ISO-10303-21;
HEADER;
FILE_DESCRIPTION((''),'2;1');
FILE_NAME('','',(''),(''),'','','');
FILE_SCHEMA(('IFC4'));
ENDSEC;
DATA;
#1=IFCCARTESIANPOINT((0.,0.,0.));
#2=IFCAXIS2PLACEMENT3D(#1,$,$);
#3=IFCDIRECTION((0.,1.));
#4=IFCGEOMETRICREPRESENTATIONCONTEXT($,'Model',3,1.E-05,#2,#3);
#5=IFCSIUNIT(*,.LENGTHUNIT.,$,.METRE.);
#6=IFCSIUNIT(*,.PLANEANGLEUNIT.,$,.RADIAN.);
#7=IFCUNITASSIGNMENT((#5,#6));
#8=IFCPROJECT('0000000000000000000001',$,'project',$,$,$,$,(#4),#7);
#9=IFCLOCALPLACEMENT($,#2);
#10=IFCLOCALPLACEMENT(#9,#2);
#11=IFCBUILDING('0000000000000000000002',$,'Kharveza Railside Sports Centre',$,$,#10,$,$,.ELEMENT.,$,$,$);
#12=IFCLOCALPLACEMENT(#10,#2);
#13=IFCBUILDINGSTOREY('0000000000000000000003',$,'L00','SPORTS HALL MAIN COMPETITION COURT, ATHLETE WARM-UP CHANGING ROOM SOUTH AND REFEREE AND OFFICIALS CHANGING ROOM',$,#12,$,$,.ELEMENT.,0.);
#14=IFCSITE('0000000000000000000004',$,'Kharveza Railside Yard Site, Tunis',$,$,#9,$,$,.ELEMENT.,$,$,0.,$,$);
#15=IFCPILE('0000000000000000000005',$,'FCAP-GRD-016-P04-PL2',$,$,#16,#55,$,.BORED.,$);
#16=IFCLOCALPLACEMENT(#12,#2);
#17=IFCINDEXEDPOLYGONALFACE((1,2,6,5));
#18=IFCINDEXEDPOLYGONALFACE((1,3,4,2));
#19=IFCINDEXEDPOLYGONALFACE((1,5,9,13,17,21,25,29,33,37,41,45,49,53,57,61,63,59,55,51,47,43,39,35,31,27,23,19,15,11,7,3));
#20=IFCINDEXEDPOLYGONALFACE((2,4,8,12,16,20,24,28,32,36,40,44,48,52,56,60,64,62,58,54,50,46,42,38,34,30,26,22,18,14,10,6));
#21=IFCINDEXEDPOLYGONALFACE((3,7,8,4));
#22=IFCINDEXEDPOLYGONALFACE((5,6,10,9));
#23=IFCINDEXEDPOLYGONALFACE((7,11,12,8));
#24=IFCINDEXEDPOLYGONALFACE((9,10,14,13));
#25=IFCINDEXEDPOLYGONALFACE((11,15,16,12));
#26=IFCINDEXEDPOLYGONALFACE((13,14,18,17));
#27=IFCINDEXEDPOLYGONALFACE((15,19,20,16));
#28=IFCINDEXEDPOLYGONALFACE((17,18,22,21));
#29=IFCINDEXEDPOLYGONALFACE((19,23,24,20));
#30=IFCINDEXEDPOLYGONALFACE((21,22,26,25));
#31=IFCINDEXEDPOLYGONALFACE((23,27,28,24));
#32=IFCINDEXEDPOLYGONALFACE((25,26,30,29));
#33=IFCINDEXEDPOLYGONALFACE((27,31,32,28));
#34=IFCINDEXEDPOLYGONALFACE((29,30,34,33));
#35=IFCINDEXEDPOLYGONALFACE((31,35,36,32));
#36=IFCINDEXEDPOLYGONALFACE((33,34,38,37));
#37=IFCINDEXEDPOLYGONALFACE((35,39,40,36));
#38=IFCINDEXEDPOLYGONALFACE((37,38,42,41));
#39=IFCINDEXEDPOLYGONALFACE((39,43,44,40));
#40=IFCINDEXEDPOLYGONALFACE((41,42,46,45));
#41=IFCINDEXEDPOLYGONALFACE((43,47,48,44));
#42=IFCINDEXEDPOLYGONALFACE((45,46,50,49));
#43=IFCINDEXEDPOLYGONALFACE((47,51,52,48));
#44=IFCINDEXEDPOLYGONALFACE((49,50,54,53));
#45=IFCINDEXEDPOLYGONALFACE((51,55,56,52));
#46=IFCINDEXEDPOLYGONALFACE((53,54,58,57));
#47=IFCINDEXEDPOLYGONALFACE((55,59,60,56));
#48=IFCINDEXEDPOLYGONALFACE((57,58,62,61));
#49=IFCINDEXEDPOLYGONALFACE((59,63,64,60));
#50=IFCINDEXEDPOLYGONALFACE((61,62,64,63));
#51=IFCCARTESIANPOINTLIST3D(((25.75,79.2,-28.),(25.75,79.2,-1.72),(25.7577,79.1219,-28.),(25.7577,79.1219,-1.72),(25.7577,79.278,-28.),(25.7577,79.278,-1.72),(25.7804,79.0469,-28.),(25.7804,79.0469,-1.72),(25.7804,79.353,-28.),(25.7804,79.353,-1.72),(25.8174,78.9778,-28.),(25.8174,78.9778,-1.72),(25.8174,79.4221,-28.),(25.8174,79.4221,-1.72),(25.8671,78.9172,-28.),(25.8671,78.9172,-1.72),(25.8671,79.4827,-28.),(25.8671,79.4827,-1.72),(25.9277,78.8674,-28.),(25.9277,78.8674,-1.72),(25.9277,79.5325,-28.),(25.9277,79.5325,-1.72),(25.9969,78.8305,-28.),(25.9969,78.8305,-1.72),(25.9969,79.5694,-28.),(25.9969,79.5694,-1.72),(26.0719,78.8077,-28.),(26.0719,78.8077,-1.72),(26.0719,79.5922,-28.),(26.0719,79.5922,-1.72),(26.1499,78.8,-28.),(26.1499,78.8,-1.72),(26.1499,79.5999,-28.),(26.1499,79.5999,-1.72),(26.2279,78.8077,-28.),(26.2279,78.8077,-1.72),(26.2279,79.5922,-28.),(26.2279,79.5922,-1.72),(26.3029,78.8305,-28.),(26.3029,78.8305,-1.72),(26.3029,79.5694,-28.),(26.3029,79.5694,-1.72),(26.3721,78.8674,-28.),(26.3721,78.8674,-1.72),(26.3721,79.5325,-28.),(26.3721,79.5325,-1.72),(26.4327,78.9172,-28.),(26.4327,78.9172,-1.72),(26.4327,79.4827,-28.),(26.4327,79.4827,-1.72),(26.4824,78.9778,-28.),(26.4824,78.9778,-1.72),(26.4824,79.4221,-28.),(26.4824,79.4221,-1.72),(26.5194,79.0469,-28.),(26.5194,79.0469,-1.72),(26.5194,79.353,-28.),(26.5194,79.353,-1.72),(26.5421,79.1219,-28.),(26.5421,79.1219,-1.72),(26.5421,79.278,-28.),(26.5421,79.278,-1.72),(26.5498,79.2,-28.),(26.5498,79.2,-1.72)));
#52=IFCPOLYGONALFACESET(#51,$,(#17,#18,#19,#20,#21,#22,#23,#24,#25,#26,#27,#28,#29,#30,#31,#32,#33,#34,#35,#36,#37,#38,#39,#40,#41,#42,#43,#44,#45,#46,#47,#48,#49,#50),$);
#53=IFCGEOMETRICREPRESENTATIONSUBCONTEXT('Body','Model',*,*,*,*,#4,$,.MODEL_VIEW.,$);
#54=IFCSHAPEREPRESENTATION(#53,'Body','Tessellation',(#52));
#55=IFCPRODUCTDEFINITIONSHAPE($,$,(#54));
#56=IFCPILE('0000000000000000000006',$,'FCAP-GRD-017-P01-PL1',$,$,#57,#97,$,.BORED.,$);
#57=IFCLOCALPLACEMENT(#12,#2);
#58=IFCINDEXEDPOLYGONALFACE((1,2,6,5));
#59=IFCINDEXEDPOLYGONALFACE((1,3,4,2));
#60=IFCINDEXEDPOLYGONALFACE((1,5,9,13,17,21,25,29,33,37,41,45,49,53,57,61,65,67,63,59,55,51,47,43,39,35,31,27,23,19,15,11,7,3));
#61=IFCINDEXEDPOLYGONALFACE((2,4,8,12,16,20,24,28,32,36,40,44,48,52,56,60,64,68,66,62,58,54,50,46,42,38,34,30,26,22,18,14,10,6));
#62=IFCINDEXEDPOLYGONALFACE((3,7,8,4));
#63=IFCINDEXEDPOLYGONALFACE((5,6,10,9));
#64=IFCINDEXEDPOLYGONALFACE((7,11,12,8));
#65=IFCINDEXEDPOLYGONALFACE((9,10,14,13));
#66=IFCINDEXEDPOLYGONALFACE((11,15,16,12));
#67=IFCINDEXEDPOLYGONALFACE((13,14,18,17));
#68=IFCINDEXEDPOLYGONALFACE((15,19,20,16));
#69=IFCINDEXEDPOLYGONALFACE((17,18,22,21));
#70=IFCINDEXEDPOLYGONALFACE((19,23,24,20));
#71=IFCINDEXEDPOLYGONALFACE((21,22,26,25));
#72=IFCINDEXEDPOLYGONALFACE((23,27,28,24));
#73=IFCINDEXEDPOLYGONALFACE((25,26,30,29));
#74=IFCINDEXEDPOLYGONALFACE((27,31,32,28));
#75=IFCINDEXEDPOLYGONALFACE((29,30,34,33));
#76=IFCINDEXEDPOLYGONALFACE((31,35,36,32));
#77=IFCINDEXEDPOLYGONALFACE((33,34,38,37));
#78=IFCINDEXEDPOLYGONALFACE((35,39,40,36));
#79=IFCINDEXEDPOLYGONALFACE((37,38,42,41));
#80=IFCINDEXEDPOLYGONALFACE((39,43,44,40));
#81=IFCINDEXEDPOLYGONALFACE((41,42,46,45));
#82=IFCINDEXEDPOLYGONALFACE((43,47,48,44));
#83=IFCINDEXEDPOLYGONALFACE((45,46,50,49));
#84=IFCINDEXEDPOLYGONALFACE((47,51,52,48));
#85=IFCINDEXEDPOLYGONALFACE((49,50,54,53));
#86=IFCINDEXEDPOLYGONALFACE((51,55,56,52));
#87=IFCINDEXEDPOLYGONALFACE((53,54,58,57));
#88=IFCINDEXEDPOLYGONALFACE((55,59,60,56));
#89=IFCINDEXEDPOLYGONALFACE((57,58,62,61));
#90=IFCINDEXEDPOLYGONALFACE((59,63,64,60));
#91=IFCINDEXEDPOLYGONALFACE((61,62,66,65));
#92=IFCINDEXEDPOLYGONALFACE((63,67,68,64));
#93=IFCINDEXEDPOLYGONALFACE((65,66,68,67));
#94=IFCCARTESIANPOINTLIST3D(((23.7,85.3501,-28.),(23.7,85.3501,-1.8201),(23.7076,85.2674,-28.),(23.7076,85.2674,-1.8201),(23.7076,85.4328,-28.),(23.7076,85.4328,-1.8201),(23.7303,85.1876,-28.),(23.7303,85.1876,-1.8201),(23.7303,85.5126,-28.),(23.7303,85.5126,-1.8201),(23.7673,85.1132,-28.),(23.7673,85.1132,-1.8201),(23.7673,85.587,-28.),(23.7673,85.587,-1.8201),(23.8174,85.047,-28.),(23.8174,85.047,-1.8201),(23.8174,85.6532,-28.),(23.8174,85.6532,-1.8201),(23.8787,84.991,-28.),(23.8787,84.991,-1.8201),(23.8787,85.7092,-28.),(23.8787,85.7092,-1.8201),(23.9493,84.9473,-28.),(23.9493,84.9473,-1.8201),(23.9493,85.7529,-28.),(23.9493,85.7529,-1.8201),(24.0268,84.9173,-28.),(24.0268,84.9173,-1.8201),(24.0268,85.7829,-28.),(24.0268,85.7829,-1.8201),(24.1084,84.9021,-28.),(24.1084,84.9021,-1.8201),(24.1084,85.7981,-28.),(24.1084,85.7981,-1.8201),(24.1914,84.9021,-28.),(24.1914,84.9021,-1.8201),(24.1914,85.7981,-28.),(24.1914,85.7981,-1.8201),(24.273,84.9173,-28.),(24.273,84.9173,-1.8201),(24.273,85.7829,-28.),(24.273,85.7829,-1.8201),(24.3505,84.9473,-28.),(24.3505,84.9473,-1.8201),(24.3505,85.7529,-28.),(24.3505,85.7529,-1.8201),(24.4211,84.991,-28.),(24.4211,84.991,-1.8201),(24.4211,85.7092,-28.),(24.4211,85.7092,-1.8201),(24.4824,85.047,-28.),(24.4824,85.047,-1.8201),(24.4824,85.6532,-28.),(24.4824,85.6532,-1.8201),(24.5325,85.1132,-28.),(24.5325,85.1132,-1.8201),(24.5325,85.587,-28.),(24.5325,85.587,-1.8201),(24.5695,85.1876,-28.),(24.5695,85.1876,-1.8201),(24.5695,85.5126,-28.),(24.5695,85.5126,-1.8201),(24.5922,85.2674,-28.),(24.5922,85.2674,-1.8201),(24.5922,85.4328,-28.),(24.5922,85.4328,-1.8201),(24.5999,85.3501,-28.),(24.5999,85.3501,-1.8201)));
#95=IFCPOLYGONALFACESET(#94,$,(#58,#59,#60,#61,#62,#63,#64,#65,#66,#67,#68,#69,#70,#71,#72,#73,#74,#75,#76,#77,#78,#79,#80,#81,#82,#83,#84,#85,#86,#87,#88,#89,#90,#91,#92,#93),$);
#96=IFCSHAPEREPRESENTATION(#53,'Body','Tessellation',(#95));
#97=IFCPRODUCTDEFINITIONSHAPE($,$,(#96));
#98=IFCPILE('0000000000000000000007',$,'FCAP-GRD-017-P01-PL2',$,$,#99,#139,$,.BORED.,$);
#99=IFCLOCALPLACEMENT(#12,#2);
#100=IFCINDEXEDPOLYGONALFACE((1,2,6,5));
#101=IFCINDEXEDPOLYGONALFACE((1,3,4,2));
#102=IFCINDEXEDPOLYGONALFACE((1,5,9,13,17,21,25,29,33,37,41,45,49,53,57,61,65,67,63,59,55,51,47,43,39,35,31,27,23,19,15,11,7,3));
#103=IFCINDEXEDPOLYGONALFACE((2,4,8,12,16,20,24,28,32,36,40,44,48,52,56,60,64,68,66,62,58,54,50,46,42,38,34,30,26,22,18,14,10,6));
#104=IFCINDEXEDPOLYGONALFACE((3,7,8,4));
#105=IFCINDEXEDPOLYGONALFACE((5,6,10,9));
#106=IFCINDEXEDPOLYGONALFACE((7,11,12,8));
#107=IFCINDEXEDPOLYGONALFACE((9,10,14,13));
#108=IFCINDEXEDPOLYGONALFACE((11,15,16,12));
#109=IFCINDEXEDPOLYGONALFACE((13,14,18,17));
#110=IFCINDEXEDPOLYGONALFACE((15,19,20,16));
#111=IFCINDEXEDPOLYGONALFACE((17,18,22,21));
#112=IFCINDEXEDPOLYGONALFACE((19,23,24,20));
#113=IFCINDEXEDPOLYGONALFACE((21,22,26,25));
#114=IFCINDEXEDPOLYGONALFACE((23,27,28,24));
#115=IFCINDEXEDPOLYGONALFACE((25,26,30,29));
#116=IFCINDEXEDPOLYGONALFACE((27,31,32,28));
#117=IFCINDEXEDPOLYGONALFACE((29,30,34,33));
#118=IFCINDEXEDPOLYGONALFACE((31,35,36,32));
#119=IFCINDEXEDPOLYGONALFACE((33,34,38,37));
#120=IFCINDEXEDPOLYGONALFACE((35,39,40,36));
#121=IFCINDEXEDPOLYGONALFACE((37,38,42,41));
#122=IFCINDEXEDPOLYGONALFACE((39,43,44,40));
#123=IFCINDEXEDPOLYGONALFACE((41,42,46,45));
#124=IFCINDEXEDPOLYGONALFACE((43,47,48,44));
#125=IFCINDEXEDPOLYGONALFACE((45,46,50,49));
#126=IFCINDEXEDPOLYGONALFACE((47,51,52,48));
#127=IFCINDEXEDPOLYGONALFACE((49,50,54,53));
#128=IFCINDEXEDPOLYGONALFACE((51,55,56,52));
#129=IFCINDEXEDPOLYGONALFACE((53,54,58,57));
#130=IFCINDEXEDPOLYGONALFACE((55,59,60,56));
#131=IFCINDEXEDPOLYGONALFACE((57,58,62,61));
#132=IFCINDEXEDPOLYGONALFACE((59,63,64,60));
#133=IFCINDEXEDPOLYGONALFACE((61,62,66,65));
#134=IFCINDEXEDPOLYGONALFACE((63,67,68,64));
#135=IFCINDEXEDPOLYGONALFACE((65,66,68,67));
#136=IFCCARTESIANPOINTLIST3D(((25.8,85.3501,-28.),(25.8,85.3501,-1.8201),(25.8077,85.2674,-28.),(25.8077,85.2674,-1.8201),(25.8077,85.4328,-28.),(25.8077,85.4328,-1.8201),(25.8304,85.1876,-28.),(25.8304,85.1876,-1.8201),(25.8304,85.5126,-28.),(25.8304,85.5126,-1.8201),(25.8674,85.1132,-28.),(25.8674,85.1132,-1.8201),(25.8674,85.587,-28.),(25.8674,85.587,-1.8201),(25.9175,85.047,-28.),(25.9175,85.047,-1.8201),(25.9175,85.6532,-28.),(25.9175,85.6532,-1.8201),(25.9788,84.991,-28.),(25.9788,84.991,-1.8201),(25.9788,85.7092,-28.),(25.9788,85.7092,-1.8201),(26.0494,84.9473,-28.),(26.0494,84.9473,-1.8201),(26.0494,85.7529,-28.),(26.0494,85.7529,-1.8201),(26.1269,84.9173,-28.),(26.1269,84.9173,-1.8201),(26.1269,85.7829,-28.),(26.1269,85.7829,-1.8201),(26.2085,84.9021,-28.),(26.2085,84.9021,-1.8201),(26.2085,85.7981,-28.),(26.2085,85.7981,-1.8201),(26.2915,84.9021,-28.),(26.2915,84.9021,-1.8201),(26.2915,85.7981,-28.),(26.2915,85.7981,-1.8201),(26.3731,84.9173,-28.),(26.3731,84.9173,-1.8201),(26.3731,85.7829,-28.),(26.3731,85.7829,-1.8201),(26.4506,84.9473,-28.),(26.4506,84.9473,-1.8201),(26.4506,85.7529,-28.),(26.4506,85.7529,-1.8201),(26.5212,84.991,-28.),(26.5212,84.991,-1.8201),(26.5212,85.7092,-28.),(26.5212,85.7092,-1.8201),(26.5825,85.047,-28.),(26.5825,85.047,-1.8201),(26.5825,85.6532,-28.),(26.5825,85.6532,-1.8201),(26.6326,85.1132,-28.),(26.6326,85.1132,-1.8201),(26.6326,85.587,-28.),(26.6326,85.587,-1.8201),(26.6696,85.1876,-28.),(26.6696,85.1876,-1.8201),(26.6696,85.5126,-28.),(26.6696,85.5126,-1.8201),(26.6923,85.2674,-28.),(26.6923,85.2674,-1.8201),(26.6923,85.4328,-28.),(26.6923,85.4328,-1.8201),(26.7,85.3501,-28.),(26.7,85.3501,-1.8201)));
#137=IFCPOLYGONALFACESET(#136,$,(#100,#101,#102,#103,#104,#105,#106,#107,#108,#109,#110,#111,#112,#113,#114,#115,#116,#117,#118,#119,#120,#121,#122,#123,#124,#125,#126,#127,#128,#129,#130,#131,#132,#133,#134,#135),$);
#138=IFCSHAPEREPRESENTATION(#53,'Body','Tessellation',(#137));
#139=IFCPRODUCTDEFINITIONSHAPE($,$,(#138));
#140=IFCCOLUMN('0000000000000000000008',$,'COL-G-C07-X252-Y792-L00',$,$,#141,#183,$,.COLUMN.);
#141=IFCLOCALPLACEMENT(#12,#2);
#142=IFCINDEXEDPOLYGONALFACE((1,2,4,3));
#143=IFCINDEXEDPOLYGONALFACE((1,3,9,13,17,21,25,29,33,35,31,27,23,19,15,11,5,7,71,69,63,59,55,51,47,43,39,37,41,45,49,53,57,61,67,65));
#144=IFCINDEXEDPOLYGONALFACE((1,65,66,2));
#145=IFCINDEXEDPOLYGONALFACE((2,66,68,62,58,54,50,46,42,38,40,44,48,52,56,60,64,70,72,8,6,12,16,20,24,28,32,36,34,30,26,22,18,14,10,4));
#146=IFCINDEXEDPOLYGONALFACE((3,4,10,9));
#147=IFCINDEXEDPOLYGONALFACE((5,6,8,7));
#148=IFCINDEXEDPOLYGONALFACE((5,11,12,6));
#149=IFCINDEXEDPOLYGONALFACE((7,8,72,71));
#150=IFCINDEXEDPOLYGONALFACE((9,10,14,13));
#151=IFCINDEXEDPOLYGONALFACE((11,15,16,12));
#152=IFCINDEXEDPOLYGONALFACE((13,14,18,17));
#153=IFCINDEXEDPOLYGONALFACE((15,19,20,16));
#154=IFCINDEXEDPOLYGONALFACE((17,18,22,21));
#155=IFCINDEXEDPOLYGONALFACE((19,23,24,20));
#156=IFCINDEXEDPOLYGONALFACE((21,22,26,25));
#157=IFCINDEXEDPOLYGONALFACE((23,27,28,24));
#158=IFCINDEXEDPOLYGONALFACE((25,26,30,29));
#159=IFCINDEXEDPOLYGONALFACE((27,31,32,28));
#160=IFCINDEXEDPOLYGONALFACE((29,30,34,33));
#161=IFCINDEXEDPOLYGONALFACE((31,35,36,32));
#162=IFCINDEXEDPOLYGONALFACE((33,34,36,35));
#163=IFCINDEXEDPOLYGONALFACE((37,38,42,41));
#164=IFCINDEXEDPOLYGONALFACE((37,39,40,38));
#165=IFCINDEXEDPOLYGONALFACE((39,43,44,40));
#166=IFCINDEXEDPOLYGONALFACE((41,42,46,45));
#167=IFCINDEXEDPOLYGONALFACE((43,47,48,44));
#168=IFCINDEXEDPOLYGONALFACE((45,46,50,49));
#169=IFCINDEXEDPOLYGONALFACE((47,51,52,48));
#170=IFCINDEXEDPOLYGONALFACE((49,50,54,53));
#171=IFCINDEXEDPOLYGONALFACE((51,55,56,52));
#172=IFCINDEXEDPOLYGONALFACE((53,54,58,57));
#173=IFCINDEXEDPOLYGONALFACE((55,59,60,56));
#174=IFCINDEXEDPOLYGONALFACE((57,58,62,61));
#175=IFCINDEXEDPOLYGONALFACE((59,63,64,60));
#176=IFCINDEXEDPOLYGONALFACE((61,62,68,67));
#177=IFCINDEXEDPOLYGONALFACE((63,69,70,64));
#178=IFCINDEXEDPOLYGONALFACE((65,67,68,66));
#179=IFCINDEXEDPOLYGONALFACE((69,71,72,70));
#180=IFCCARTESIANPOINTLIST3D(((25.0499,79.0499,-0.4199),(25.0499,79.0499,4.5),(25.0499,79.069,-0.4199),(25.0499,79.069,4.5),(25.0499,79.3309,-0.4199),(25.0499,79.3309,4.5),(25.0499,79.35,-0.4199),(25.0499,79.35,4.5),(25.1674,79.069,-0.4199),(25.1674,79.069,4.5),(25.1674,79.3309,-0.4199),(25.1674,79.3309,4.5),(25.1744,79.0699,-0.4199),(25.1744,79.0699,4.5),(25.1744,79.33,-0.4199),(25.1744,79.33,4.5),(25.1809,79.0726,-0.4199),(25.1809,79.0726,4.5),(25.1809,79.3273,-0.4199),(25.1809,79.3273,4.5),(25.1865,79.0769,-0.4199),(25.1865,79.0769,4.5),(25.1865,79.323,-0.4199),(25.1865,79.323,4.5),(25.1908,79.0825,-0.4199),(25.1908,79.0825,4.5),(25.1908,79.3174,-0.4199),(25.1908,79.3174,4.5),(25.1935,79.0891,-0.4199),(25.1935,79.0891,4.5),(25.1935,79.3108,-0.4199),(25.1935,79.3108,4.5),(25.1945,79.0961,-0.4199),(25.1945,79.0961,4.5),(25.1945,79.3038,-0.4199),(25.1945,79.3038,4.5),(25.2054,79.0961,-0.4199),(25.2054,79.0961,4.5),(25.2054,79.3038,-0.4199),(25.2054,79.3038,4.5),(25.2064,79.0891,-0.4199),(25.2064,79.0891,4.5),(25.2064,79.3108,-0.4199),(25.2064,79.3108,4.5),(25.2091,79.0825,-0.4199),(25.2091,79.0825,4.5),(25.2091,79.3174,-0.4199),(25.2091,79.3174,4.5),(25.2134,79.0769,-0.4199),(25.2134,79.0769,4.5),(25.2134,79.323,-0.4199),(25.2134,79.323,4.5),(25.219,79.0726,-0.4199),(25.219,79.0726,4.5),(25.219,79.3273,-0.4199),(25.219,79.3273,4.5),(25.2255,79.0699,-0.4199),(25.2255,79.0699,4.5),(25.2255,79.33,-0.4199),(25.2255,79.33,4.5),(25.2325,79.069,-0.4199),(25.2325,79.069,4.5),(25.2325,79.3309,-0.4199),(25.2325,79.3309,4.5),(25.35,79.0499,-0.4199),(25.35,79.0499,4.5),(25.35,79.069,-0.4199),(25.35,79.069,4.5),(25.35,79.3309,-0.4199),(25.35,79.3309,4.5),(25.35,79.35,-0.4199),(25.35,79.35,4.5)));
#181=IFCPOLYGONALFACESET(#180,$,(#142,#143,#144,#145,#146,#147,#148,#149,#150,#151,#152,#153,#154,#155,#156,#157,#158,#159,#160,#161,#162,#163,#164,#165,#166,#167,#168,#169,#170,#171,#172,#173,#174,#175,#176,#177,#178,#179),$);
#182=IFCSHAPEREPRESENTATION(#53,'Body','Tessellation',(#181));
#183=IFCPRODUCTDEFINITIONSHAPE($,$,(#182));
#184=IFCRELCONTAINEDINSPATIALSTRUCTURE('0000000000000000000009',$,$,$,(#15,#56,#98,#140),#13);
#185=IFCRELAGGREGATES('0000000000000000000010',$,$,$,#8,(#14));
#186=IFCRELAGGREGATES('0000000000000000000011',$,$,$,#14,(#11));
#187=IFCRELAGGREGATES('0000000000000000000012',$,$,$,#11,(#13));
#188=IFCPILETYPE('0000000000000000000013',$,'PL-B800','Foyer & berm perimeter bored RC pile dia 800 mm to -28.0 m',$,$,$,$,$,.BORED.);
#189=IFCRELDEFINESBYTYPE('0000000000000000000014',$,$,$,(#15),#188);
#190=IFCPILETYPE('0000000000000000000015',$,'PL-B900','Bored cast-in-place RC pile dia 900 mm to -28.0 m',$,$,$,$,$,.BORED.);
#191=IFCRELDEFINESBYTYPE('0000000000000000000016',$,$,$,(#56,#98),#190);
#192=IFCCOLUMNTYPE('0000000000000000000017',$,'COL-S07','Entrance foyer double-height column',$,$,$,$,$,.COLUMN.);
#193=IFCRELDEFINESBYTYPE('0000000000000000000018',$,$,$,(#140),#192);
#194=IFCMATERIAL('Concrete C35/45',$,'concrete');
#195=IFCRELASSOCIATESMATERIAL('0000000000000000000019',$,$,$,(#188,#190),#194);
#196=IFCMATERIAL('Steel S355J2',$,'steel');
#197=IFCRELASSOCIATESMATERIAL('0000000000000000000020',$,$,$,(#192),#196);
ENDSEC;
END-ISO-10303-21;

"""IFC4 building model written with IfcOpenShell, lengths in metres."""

from ifc_helpers import new_model, si_unit, direction, frame, origin, origin_2d, place, context, subcontext, project, spatial, circle, i_section, extrude, material, material_profile, profile_set, type_object, element, save


model = new_model("IFC4")

# Units and contexts
model_context = context("Model", 3, precision=1e-05, world=origin(), true_north=direction((0.0, 1.0)))
body_context = subcontext(model_context, "Body", "Model", "MODEL_VIEW")
ifc_project = project(units=[si_unit("LENGTHUNIT", "METRE"), si_unit("PLANEANGLEUNIT", "RADIAN")], contexts=[model_context])

# Site, building, storey
site_placement = place(None, origin())
site = spatial("IfcSite", under=ifc_project, at=site_placement, Name="Kharveza Railside Yard Site, Tunis", CompositionType="ELEMENT", RefElevation=0.0)
building_placement = place(site_placement, origin())
building = spatial("IfcBuilding", under=site, at=building_placement, Name="Kharveza Railside Sports Centre", CompositionType="ELEMENT")
storey_placement = place(building_placement, origin())
storey = spatial("IfcBuildingStorey", under=building, at=storey_placement, Name="L00", Description="SPORTS HALL MAIN COMPETITION COURT, ATHLETE WARM-UP CHANGING ROOM SOUTH AND REFEREE AND OFFICIALS CHANGING ROOM", CompositionType="ELEMENT", Elevation=0.0)

# Shared definitions
ifc_material_1 = material(Name="Concrete C35/45", Category="concrete")

# Piles
ifc_material_profile_1 = material_profile(ifc_material_1, circle(Radius=0.3999, at=origin_2d()), Name="PILE D800")
ifc_profile_set_1 = profile_set([ifc_material_profile_1], Name="Concrete C35/45")
pile_type_1 = type_object("IfcPileType", Name="PL-B800", Description="Foyer & berm perimeter bored RC pile dia 800 mm to -28.0 m", PredefinedType="BORED", material=ifc_profile_set_1)
for number, where, z_axis, x_axis, name in (
    (1, (26.1499, 79.2, -1.72), (0.0, 0.0, -1.0), (1.0, 0.0, 0.0), "FCAP-GRD-016-P04-PL2"),
):
    element("IfcPile", number, at=place(storey_placement, frame(where, z_axis=z_axis, x_axis=x_axis)), inside=storey, type_object=pile_type_1, Name=name, PredefinedType="BORED", context=body_context, shape_type="SweptSolid", body=[
        extrude(circle(Radius=0.3999, at=origin_2d()), origin(), (0.0, 0.0, 1.0), 26.28),
    ])
ifc_material_profile_2 = material_profile(ifc_material_1, circle(Radius=0.45, at=origin_2d()), Name="PILE D900")
ifc_profile_set_2 = profile_set([ifc_material_profile_2], Name="Concrete C35/45")
pile_type_2 = type_object("IfcPileType", Name="PL-B900", Description="Bored cast-in-place RC pile dia 900 mm to -28.0 m", PredefinedType="BORED", material=ifc_profile_set_2)
for number, where, z_axis, x_axis, name in (
    (2, (24.1499, 85.3501, -1.8201), (0.0, 0.0, -1.0), (1.0, 0.0, 0.0), "FCAP-GRD-017-P01-PL1"),
    (3, (26.25, 85.3501, -1.8201), (0.0, 0.0, -1.0), (1.0, 0.0, 0.0), "FCAP-GRD-017-P01-PL2"),
):
    element("IfcPile", number, at=place(storey_placement, frame(where, z_axis=z_axis, x_axis=x_axis)), inside=storey, type_object=pile_type_2, Name=name, PredefinedType="BORED", context=body_context, shape_type="SweptSolid", body=[
        extrude(circle(Radius=0.45, at=origin_2d()), origin(), (0.0, 0.0, 1.0), 26.1799),
    ])

# Column
ifc_material_2 = material(Name="Steel S355J2", Category="steel")
ifc_material_profile_3 = material_profile(ifc_material_2, i_section(OverallWidth=0.3, OverallDepth=0.3, WebThickness=0.011, FlangeThickness=0.019, FilletRadius=0.0271, at=origin_2d()), Name="HEB 300")
ifc_profile_set_3 = profile_set([ifc_material_profile_3], Name="Steel S355J2")
column_type = type_object("IfcColumnType", Name="COL-S07", Description="Entrance foyer double-height column", PredefinedType="COLUMN", material=ifc_profile_set_3)
column_placement = place(storey_placement, frame((25.2, 79.2, -0.4199), z_axis=(0.0, 0.0, 1.0), x_axis=(1.0, 0.0, 0.0)))
element("IfcColumn", 4, at=column_placement, inside=storey, type_object=column_type, Name="COL-G-C07-X252-Y792-L00", PredefinedType="COLUMN", context=body_context, shape_type="SweptSolid", body=[
    extrude(i_section(OverallWidth=0.3, OverallDepth=0.3, WebThickness=0.011, FlangeThickness=0.019, FilletRadius=0.0271, at=origin_2d()), origin(), (0.0, 0.0, 1.0), 4.9199),
])

save(model, "model.ifc")
